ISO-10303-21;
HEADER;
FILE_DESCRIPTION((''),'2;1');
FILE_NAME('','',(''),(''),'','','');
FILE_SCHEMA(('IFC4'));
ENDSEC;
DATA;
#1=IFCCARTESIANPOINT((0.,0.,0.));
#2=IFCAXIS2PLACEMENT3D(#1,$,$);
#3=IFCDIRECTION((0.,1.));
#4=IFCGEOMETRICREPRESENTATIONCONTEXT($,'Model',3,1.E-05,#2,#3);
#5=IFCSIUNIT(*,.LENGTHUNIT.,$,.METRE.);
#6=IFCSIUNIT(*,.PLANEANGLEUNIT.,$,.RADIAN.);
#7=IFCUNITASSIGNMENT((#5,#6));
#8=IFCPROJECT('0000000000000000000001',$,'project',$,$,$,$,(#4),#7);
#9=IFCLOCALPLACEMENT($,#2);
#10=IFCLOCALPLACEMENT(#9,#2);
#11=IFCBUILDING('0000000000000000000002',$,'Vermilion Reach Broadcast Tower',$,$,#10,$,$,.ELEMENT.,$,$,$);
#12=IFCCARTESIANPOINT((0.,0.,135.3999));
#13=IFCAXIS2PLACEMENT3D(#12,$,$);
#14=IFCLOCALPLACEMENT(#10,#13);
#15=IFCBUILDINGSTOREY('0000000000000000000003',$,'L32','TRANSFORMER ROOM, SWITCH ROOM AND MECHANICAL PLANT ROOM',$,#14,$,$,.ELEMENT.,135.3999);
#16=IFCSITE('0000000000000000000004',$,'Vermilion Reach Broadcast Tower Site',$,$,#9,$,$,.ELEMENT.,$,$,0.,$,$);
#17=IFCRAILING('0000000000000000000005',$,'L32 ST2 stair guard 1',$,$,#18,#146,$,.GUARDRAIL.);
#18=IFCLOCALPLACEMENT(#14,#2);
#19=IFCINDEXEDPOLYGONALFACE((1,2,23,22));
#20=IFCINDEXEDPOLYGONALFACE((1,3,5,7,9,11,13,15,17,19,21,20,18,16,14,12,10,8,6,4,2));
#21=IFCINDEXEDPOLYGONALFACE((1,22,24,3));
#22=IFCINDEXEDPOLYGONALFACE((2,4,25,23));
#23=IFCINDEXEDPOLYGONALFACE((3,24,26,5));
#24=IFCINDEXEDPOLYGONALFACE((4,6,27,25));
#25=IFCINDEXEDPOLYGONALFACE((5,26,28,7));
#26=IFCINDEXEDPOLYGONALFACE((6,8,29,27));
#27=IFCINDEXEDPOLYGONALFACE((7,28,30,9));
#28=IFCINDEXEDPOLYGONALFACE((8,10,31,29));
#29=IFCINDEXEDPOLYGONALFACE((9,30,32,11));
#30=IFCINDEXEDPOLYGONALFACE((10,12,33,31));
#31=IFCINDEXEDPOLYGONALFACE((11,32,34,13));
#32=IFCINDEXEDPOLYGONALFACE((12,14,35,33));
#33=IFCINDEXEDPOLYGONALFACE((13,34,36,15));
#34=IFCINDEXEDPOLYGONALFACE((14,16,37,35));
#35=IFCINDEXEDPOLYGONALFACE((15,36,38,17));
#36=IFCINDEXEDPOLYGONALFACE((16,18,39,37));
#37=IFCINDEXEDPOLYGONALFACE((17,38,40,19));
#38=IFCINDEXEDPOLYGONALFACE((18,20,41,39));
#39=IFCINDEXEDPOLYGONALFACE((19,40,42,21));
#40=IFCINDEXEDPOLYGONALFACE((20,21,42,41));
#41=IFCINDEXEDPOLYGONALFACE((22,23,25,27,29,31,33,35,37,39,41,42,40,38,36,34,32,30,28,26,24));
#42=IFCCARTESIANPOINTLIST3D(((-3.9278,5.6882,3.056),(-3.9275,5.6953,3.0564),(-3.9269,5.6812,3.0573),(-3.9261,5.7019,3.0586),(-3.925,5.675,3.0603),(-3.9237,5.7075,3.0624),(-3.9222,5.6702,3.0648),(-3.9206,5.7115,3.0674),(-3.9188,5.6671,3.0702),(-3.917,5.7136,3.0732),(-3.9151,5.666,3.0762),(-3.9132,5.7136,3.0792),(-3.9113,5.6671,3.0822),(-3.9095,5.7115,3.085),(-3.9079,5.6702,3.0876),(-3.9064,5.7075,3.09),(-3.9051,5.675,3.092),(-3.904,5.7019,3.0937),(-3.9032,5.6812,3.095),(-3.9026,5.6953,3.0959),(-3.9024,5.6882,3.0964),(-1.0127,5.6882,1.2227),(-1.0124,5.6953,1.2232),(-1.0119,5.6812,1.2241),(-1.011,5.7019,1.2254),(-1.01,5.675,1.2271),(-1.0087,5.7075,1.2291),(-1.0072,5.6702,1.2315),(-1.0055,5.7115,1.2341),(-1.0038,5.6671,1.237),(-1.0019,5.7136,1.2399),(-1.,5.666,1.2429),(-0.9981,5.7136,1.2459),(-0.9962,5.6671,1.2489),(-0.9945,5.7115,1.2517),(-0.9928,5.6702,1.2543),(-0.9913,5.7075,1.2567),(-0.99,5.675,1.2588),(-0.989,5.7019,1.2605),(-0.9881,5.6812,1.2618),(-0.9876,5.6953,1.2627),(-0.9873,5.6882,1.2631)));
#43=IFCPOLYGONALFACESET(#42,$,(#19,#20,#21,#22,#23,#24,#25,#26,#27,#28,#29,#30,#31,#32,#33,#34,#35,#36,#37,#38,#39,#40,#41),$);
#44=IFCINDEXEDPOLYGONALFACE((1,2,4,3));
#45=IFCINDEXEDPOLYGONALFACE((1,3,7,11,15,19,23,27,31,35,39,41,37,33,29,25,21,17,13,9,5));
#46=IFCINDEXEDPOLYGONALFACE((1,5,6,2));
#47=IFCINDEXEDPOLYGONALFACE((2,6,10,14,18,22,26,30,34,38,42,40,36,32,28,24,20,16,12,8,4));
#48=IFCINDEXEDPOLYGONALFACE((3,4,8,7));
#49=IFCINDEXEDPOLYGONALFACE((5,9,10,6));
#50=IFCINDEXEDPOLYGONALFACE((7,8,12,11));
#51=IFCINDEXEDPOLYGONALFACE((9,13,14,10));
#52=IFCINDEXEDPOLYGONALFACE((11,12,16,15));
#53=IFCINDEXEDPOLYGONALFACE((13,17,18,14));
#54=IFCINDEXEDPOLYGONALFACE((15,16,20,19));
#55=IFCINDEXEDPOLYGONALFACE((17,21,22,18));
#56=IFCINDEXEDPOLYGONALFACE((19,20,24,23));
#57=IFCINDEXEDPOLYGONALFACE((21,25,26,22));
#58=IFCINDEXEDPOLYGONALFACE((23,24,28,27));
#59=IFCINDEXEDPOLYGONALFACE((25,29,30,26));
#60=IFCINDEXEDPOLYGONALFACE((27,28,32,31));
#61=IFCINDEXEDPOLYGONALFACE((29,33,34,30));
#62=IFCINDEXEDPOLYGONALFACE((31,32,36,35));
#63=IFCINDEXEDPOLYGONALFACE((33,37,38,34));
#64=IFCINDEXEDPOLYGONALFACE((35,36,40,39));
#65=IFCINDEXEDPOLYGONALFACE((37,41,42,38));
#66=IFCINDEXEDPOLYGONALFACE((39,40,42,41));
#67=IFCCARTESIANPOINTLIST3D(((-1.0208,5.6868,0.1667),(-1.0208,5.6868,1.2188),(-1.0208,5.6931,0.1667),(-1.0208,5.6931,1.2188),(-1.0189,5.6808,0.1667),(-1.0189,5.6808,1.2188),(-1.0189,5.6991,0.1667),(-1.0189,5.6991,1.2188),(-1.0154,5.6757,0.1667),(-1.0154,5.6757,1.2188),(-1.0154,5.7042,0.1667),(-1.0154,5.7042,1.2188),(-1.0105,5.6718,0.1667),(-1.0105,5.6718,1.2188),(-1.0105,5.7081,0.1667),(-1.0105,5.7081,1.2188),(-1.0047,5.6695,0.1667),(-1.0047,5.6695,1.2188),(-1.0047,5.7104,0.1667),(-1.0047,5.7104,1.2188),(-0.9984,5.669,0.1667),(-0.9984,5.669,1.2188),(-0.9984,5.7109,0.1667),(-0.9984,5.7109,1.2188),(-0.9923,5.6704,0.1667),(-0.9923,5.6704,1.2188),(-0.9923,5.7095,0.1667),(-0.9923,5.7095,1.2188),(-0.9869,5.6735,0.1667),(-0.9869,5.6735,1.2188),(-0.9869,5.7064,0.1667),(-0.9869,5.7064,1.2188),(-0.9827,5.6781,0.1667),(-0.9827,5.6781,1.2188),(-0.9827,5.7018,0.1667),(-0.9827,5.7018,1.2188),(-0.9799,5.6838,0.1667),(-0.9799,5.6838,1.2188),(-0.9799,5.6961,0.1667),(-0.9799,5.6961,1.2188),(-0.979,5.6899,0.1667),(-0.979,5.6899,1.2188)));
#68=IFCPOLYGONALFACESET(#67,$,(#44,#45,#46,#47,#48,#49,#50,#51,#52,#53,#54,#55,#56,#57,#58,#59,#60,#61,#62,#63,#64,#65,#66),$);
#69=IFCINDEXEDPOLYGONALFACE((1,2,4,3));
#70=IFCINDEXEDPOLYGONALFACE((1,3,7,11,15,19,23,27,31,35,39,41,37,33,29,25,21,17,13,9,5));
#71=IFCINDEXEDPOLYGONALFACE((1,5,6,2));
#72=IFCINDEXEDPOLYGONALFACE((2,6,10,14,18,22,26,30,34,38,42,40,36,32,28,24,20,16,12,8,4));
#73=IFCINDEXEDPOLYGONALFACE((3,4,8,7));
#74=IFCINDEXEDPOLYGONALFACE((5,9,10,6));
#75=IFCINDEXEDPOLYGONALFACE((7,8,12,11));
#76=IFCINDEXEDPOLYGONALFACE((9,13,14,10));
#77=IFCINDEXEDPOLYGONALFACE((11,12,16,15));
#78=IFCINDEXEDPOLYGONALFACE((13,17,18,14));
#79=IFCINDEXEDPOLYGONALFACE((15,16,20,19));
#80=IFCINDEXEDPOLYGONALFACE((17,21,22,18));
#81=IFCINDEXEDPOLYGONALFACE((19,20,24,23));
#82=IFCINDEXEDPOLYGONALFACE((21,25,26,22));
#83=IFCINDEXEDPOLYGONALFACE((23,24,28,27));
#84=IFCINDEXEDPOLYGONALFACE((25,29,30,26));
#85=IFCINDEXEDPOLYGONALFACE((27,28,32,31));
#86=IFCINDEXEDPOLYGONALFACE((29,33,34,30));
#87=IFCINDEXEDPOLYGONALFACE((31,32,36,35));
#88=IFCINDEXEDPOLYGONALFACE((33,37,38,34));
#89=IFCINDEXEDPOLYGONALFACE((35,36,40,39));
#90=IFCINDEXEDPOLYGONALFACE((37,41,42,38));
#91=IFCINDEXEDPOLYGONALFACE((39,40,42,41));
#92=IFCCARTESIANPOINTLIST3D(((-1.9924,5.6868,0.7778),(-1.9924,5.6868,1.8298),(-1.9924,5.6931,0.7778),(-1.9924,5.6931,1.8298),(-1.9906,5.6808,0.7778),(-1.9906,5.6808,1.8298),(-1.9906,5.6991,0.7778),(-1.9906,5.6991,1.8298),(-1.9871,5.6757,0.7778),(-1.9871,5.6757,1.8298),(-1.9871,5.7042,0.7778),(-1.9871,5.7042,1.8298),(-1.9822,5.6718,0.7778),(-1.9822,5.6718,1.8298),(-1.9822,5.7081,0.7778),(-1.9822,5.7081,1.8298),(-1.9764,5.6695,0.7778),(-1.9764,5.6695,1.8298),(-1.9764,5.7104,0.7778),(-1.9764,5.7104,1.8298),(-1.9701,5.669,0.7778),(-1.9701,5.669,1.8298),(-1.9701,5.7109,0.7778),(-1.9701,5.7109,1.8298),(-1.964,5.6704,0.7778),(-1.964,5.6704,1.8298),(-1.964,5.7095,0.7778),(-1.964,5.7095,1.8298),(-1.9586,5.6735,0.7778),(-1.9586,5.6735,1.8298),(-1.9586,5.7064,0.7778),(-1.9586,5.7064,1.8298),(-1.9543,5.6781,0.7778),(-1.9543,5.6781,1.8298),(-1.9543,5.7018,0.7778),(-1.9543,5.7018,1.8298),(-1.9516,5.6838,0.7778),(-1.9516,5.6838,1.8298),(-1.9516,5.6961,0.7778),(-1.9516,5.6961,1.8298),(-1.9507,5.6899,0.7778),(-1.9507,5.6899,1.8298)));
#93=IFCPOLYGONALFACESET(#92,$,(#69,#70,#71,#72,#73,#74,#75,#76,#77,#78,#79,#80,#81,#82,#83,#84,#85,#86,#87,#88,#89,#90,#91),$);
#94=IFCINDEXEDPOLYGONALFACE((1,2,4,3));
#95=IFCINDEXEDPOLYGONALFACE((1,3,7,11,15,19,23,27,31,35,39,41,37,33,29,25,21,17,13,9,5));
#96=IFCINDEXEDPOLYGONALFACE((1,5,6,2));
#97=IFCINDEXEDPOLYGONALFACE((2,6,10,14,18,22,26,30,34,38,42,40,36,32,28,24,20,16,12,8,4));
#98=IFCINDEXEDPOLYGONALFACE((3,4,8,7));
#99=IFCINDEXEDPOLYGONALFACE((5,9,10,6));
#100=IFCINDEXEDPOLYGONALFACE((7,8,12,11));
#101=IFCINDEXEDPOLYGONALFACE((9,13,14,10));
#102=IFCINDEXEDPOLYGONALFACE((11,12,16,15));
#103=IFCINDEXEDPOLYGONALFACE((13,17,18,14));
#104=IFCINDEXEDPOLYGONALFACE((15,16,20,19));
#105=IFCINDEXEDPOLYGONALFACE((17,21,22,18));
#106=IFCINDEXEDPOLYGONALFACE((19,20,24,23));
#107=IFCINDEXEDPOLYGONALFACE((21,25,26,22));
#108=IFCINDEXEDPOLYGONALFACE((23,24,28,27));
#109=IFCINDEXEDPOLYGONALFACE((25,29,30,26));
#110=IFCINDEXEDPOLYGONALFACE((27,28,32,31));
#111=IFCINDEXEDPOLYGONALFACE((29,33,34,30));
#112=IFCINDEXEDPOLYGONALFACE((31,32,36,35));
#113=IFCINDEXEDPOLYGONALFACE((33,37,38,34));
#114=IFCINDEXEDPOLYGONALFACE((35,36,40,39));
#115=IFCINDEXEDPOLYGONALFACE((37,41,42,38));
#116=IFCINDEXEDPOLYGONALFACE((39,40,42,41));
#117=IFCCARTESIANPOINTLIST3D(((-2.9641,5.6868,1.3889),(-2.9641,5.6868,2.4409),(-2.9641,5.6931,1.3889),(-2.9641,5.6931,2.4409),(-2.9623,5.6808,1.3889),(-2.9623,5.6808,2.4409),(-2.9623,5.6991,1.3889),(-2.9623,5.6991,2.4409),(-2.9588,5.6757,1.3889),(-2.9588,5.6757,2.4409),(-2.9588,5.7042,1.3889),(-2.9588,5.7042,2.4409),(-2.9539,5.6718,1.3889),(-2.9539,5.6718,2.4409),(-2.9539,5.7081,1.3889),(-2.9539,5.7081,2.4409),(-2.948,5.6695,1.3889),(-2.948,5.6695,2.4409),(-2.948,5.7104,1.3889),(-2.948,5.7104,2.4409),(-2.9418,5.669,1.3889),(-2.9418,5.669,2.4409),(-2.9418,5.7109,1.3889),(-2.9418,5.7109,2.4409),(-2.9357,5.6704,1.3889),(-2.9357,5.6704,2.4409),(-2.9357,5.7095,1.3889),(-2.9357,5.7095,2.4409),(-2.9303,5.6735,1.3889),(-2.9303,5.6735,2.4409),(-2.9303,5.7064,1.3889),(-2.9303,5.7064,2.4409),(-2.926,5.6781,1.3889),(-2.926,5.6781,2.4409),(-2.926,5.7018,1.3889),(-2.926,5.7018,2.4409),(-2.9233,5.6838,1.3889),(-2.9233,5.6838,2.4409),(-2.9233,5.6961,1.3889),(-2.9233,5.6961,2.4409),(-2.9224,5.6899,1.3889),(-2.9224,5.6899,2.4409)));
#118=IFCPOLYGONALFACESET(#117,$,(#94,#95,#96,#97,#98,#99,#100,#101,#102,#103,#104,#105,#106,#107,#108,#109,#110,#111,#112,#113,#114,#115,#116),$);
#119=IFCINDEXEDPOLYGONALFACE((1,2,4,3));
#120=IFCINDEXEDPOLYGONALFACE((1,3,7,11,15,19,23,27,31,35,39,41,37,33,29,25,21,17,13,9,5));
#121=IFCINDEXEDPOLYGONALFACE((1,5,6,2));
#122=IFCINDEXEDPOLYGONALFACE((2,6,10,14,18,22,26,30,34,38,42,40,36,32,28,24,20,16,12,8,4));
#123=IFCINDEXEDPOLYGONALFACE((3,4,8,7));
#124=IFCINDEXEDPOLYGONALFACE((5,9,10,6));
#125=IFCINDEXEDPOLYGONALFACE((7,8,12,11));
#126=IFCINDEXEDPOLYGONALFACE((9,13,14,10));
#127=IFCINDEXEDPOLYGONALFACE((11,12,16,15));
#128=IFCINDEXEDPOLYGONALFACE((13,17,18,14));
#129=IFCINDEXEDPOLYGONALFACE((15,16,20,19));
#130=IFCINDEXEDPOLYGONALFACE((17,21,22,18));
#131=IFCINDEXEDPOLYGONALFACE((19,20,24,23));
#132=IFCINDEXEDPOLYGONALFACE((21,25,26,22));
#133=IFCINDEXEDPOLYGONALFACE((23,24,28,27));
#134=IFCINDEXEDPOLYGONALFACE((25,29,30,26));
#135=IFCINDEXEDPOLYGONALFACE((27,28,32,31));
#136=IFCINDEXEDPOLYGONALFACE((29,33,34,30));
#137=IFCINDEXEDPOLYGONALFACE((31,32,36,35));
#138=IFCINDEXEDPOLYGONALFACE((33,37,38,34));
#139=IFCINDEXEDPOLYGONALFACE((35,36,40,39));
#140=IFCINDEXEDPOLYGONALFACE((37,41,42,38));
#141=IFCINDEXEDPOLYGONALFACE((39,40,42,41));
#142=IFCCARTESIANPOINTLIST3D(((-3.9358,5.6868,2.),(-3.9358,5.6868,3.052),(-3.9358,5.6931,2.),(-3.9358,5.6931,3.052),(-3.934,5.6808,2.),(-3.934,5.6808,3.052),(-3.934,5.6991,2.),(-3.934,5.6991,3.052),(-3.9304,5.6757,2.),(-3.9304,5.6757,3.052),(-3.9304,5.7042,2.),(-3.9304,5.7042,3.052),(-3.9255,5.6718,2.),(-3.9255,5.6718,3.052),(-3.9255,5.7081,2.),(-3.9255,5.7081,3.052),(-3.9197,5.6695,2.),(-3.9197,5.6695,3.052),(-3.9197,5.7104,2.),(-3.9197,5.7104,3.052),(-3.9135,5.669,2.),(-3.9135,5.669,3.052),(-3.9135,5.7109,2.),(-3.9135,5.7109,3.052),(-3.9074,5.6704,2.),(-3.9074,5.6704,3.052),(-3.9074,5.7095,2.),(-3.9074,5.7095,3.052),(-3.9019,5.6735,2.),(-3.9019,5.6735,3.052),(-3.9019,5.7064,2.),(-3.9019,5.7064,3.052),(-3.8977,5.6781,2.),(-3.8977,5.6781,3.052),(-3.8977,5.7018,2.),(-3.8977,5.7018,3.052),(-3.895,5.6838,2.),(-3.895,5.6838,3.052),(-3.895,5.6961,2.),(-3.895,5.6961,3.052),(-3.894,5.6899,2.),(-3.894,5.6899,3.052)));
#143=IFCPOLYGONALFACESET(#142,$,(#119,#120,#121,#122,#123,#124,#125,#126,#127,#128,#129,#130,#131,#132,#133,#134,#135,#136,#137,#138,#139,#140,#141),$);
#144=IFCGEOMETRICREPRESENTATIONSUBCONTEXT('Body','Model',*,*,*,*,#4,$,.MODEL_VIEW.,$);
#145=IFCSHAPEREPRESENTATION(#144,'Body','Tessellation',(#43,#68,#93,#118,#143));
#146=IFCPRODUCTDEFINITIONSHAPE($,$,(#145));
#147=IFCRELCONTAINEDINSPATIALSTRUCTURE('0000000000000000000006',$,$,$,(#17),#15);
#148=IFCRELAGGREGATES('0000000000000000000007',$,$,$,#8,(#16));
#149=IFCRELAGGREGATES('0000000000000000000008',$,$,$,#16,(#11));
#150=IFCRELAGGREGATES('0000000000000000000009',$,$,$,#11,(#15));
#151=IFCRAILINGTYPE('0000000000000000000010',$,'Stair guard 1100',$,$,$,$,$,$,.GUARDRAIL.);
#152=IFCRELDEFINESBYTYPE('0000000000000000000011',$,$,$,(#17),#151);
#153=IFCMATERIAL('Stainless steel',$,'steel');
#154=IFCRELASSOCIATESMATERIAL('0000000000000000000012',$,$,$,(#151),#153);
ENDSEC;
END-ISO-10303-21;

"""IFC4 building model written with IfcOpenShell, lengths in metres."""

from ifc_helpers import new_model, si_unit, direction, frame, origin, origin_2d, place, context, subcontext, project, spatial, circle, extrude, material, type_object, element, save


model = new_model("IFC4")

# Units and contexts
model_context = context("Model", 3, precision=1e-05, world=origin(), true_north=direction((0.0, 1.0)))
body_context = subcontext(model_context, "Body", "Model", "MODEL_VIEW")
ifc_project = project(units=[si_unit("LENGTHUNIT", "METRE"), si_unit("PLANEANGLEUNIT", "RADIAN")], contexts=[model_context])

# Site, building, storey
site_placement = place(None, origin())
site = spatial("IfcSite", under=ifc_project, at=site_placement, Name="Vermilion Reach Broadcast Tower Site", CompositionType="ELEMENT", RefElevation=0.0)
building_placement = place(site_placement, origin())
building = spatial("IfcBuilding", under=site, at=building_placement, Name="Vermilion Reach Broadcast Tower", CompositionType="ELEMENT")
storey_placement = place(building_placement, frame((0.0, 0.0, 135.3999)))
storey = spatial("IfcBuildingStorey", under=building, at=storey_placement, Name="L32", Description="TRANSFORMER ROOM, SWITCH ROOM AND MECHANICAL PLANT ROOM", CompositionType="ELEMENT", Elevation=135.3999)

# Railing
ifc_material_1 = material(Name="Stainless steel", Category="steel")
railing_type_1 = type_object("IfcRailingType", Name="Stair guard 1100", PredefinedType="GUARDRAIL", material=ifc_material_1)
railing_1_placement = place(storey_placement, frame((-1.0, 5.6899, 0.1667)))
element("IfcRailing", 1, at=railing_1_placement, inside=storey, type_object=railing_type_1, Name="L32 ST2 stair guard 1", PredefinedType="GUARDRAIL", context=body_context, shape_type="SweptSolid", body=[
    extrude(circle(Radius=0.0239, at=origin_2d()), frame((0.0, 0.0, 1.0762), z_axis=(-0.846513, 0.0, 0.532368), x_axis=(0.0, -1.0, 0.0)), (0.0, 0.0, 1.0), 3.4436),
    extrude(circle(Radius=0.021, at=origin_2d()), origin(), (0.0, 0.0, 1.0), 1.052),
    extrude(circle(Radius=0.021, at=origin_2d()), frame((-0.9717, 0.0, 0.6111)), (0.0, 0.0, 1.0), 1.052),
    extrude(circle(Radius=0.021, at=origin_2d()), frame((-1.9434, 0.0, 1.2222)), (0.0, 0.0, 1.0), 1.052),
    extrude(circle(Radius=0.021, at=origin_2d()), frame((-2.915, 0.0, 1.8333)), (0.0, 0.0, 1.0), 1.052),
])

save(model, "model.ifc")
